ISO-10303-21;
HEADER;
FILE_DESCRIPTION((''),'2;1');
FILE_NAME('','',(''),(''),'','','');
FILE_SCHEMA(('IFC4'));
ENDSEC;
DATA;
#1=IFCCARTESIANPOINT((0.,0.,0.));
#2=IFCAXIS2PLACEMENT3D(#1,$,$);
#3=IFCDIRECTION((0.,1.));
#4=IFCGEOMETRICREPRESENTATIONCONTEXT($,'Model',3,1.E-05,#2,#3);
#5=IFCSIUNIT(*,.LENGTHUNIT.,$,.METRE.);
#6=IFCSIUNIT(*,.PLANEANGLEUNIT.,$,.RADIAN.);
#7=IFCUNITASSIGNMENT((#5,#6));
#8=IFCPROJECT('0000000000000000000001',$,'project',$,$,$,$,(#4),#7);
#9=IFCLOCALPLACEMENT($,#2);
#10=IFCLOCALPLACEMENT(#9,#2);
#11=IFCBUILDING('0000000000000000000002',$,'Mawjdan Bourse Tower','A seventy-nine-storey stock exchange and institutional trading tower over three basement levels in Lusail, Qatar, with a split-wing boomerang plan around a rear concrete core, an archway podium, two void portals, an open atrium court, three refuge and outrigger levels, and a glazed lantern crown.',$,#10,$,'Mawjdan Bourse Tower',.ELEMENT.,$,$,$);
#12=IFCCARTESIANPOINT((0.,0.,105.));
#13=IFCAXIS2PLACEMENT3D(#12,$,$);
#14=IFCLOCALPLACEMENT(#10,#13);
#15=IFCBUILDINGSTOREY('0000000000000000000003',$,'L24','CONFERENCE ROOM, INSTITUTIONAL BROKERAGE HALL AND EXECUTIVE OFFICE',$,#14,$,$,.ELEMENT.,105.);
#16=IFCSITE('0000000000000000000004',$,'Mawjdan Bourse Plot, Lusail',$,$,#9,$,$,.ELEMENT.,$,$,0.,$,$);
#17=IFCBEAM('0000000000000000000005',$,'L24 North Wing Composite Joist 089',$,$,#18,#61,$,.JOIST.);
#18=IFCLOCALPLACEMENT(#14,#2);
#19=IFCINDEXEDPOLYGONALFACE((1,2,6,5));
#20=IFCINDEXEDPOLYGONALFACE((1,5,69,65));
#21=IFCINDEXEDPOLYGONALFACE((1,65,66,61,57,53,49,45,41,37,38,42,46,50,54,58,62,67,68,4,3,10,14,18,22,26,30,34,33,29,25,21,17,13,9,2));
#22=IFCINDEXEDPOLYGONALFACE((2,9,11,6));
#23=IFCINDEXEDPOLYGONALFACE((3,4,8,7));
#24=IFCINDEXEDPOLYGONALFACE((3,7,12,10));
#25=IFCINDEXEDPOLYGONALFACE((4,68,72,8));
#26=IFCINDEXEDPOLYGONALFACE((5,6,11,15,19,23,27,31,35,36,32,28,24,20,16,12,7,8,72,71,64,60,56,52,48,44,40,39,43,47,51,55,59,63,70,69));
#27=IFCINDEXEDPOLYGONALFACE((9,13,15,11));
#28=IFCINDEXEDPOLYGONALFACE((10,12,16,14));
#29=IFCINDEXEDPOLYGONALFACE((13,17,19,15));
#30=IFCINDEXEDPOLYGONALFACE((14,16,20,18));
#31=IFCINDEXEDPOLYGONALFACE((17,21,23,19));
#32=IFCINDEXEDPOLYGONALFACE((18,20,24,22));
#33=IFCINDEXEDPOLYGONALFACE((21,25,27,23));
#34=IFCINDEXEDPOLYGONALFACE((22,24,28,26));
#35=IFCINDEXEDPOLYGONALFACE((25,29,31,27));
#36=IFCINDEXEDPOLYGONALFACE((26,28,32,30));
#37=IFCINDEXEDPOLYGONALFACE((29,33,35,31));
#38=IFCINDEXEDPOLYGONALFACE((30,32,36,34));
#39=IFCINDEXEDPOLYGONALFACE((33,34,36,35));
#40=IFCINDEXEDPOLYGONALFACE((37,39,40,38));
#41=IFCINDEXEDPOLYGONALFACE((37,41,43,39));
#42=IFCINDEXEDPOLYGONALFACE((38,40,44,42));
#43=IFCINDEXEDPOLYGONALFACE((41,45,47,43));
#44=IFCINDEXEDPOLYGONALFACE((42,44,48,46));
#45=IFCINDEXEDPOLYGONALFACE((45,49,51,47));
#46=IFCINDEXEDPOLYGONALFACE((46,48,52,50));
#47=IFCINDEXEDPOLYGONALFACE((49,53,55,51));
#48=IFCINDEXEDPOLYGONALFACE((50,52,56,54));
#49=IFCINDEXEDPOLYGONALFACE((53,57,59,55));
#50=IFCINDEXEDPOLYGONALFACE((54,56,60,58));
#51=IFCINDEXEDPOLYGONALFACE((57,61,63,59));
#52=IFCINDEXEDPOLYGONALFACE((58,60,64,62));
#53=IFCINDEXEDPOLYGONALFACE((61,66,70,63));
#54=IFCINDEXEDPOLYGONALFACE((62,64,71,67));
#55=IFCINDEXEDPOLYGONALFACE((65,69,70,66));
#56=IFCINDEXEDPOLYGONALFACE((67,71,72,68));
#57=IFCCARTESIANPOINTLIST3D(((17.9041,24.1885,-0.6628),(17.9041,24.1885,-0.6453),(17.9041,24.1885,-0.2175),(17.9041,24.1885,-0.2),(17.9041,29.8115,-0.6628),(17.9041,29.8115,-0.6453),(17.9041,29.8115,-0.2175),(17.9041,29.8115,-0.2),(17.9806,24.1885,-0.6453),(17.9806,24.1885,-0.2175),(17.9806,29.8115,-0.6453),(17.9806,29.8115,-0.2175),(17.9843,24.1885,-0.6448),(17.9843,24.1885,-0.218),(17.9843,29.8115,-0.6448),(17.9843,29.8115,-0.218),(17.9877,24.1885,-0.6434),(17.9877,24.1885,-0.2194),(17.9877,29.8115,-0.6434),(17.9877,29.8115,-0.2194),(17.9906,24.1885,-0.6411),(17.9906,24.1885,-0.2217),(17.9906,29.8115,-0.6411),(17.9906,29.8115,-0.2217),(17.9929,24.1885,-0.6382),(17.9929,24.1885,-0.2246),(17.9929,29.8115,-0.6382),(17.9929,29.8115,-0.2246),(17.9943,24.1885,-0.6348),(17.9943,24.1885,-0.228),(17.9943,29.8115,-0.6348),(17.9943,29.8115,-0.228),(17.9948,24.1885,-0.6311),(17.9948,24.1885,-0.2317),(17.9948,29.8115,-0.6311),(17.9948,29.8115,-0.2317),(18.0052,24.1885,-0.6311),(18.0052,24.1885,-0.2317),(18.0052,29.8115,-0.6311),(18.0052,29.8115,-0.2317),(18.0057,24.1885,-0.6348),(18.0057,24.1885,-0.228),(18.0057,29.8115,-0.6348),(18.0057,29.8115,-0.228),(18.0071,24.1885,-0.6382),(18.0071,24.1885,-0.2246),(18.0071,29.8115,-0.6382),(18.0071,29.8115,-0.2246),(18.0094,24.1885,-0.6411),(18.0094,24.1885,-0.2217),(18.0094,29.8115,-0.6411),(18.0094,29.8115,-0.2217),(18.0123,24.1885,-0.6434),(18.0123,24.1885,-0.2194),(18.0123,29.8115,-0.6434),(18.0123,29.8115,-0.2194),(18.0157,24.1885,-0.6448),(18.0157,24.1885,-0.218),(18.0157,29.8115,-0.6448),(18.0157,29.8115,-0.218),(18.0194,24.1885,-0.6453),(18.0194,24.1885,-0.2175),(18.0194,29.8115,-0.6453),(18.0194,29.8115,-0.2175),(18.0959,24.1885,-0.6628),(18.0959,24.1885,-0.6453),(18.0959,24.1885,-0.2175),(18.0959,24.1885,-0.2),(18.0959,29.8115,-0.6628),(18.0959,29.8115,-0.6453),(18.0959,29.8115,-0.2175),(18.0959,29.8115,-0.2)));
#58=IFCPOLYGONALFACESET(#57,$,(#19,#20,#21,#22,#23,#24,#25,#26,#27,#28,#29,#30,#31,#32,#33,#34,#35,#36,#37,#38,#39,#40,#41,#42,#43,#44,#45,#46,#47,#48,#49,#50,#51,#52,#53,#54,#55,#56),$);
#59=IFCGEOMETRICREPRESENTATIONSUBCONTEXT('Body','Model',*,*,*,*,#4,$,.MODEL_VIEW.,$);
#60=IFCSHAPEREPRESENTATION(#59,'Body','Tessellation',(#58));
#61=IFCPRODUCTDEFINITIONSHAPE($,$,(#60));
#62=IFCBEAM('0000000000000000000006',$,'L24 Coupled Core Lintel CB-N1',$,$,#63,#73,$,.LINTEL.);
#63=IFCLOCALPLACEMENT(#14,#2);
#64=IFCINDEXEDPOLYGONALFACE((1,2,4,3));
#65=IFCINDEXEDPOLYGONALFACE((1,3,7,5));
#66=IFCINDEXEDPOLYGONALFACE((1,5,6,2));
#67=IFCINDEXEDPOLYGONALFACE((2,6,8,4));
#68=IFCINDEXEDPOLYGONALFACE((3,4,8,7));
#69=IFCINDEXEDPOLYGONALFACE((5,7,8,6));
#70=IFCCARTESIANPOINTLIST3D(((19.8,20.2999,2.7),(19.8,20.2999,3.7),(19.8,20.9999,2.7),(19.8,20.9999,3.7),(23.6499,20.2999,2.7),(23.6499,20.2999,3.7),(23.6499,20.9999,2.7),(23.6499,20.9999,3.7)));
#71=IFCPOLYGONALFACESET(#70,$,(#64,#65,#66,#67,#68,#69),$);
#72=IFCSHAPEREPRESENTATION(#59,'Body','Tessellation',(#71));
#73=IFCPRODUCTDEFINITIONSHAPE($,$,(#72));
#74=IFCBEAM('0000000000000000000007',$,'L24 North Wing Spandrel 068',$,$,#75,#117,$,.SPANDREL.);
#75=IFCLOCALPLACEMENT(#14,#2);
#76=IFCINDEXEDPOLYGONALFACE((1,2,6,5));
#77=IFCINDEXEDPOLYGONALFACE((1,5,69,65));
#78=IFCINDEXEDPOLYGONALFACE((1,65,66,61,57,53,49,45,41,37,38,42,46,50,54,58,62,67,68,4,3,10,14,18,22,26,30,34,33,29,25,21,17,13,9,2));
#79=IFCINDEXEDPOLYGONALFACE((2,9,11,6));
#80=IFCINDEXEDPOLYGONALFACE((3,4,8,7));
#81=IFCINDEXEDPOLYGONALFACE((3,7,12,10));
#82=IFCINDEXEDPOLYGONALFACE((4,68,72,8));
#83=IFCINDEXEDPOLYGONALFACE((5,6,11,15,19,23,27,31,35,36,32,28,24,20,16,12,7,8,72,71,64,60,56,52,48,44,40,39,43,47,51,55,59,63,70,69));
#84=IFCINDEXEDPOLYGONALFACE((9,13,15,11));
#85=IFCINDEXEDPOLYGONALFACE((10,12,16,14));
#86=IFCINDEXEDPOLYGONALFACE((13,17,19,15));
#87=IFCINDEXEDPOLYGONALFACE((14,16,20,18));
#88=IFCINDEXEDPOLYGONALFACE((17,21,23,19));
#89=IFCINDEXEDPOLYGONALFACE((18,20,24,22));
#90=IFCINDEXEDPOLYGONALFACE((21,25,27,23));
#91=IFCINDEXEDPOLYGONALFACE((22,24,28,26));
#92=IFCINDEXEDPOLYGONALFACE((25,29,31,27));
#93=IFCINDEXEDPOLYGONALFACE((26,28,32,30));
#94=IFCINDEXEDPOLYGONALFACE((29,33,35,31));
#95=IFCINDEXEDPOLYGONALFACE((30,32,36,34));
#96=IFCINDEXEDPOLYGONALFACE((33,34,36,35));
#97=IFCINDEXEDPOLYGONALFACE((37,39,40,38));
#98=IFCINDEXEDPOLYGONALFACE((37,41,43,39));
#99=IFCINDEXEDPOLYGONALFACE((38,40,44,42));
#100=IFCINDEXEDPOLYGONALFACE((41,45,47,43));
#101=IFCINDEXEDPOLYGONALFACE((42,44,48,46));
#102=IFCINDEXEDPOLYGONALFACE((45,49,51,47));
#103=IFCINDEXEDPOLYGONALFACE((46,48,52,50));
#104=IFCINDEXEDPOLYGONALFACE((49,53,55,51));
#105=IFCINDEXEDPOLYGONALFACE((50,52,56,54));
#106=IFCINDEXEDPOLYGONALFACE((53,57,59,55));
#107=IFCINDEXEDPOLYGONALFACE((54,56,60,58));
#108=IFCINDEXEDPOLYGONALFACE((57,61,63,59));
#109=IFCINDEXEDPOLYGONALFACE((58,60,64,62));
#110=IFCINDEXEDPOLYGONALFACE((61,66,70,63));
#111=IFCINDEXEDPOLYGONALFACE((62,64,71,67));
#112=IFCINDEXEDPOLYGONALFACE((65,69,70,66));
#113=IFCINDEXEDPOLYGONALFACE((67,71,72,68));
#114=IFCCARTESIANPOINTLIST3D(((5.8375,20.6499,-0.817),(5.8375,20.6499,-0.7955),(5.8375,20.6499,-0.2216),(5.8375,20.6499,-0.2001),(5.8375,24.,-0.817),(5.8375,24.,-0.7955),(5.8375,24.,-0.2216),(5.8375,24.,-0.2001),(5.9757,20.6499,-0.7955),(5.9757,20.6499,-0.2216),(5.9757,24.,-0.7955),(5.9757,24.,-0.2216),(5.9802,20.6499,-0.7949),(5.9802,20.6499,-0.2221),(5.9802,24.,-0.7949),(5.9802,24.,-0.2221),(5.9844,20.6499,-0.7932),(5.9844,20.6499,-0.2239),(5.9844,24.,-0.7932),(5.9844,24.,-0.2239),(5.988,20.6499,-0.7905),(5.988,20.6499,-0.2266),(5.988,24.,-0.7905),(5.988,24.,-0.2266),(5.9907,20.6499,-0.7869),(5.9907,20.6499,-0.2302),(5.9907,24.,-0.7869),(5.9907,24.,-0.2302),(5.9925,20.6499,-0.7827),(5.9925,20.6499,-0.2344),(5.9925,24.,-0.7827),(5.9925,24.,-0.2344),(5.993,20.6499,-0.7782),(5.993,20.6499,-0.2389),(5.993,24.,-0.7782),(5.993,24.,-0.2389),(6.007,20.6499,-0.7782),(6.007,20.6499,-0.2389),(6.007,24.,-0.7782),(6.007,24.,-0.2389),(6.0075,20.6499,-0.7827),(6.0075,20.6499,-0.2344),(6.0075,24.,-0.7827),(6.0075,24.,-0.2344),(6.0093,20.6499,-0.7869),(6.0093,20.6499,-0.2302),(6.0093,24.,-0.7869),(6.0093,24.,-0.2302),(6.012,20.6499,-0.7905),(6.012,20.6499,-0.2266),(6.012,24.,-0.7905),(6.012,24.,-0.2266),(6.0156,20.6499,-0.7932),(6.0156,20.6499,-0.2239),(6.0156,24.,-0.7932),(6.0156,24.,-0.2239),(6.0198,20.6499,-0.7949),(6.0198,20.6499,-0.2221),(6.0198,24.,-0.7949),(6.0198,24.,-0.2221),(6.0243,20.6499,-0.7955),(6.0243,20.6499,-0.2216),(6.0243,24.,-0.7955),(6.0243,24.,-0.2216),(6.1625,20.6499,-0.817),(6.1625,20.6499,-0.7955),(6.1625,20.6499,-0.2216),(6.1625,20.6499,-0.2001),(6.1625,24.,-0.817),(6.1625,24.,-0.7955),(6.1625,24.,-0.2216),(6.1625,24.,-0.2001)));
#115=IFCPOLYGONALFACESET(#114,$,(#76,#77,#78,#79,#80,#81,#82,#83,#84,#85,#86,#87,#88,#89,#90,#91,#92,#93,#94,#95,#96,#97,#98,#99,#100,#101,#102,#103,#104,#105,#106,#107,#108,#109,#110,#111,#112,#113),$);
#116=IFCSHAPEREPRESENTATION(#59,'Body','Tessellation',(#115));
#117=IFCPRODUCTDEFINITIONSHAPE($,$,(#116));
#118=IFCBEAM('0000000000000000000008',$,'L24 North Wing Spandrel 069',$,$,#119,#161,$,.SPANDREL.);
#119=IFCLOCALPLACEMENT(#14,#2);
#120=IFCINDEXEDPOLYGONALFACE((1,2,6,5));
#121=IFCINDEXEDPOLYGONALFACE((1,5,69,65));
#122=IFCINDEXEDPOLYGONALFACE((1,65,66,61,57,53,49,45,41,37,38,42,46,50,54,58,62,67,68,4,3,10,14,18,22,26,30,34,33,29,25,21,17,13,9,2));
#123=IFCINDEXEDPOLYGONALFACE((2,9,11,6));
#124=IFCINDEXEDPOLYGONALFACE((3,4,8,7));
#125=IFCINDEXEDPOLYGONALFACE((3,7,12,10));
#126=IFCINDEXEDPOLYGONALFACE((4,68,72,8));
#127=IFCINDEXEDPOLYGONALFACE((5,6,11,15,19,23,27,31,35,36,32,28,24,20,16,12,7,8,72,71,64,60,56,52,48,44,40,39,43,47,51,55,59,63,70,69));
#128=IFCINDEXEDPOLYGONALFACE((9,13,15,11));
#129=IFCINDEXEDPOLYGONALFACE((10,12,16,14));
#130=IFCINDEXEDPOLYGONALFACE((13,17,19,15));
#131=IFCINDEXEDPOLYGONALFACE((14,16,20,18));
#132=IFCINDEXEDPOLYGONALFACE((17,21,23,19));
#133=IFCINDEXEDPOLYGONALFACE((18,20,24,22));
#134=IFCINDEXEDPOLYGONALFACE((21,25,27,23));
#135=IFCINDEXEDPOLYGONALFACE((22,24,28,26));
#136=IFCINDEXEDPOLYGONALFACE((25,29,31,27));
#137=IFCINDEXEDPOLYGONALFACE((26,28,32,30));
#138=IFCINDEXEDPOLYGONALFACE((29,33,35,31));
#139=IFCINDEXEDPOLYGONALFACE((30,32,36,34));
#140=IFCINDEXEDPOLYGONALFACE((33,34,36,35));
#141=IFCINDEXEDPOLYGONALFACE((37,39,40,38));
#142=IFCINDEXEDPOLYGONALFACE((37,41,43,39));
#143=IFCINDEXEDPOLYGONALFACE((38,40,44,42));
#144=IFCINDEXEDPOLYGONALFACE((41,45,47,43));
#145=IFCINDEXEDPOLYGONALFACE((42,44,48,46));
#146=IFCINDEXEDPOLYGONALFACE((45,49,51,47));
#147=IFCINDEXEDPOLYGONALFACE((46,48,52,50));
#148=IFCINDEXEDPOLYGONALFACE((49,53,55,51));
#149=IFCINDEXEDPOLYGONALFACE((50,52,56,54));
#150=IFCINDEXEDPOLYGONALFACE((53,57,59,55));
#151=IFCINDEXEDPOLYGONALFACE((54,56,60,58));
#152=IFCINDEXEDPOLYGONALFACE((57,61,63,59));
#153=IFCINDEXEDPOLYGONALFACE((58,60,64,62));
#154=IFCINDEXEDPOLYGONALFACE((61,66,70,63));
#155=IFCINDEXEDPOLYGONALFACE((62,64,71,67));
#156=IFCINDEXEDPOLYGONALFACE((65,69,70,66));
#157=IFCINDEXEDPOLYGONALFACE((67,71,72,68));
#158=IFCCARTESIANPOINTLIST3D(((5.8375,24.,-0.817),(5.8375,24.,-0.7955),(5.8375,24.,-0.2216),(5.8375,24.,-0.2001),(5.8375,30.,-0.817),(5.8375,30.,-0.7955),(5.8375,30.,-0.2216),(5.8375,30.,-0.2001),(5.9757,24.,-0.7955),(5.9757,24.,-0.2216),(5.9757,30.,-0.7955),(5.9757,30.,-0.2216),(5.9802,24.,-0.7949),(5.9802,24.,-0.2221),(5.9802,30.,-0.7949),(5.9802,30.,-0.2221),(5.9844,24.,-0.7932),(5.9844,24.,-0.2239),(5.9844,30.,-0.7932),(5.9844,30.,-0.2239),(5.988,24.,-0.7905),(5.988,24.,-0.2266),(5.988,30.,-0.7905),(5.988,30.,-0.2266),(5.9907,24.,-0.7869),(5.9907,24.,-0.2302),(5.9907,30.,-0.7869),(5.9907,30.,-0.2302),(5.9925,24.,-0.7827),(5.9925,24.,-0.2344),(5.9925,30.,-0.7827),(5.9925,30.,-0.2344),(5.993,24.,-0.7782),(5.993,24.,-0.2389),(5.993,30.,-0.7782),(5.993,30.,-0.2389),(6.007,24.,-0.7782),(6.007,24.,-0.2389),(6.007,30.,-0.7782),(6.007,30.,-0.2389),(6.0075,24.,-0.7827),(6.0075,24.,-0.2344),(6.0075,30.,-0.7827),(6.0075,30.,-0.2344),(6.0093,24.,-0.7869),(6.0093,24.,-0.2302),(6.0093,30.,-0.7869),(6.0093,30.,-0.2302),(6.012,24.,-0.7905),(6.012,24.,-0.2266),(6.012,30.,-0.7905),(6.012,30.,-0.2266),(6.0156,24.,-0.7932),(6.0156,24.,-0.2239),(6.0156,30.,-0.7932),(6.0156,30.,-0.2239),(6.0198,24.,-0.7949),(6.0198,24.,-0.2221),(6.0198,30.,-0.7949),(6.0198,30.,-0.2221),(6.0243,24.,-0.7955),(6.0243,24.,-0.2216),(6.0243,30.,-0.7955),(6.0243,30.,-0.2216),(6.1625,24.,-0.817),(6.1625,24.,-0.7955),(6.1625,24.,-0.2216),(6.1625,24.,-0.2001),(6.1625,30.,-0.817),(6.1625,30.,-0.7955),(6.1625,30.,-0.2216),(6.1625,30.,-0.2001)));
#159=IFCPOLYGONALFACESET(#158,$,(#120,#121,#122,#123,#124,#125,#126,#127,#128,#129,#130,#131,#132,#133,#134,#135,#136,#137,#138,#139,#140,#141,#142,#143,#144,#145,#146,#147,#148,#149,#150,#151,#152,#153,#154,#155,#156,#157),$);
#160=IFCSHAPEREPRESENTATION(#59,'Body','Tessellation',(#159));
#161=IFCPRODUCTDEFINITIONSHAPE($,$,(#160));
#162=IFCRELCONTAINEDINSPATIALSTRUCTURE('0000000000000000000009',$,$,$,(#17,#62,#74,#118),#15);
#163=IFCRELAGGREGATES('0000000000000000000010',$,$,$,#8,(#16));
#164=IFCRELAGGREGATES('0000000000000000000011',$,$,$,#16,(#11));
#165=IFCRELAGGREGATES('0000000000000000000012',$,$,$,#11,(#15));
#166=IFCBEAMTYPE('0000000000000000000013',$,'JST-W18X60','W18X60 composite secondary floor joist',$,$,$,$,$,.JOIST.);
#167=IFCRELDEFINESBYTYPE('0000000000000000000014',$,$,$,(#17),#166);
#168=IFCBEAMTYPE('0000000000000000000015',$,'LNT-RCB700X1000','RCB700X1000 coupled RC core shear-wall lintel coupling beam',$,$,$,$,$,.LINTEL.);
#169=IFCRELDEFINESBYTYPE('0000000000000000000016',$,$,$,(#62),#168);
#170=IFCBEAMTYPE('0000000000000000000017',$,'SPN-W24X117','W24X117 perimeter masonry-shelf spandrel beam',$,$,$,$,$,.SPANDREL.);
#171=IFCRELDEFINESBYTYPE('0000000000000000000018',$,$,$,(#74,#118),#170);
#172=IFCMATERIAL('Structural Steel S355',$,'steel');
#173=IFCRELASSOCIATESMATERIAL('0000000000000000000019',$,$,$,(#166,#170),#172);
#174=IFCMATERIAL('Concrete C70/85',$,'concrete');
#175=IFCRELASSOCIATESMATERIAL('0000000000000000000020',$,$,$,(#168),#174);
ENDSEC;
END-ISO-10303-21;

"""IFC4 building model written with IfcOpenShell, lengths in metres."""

from ifc_helpers import new_model, si_unit, direction, frame, origin, origin_2d, place, context, subcontext, project, spatial, rectangle, i_section, extrude, material, material_profile, profile_set, type_object, element, save


model = new_model("IFC4")

# Units and contexts
model_context = context("Model", 3, precision=1e-05, world=origin(), true_north=direction((0.0, 1.0)))
body_context = subcontext(model_context, "Body", "Model", "MODEL_VIEW")
ifc_project = project(units=[si_unit("LENGTHUNIT", "METRE"), si_unit("PLANEANGLEUNIT", "RADIAN")], contexts=[model_context])

# Site, building, storey
site_placement = place(None, origin())
site = spatial("IfcSite", under=ifc_project, at=site_placement, Name="Mawjdan Bourse Plot, Lusail", CompositionType="ELEMENT", RefElevation=0.0)
building_placement = place(site_placement, origin())
building = spatial("IfcBuilding", under=site, at=building_placement, Name="Mawjdan Bourse Tower", Description="A seventy-nine-storey stock exchange and institutional trading tower over three basement levels in Lusail, Qatar, with a split-wing boomerang plan around a rear concrete core, an archway podium, two void portals, an open atrium court, three refuge and outrigger levels, and a glazed lantern crown.", LongName="Mawjdan Bourse Tower", CompositionType="ELEMENT")
storey_placement = place(building_placement, frame((0.0, 0.0, 105.0)))
storey = spatial("IfcBuildingStorey", under=building, at=storey_placement, Name="L24", Description="CONFERENCE ROOM, INSTITUTIONAL BROKERAGE HALL AND EXECUTIVE OFFICE", CompositionType="ELEMENT", Elevation=105.0)

# Shared definitions
ifc_material_1 = material(Name="Concrete C70/85", Category="concrete")

# Beams
ifc_material_2 = material(Name="Structural Steel S355", Category="steel")
ifc_material_profile_1 = material_profile(ifc_material_2, i_section(OverallWidth=0.1919, OverallDepth=0.4629, WebThickness=0.0105, FlangeThickness=0.0176, FilletRadius=0.0142, at=origin_2d()), Name="W18X60")
ifc_profile_set_1 = profile_set([ifc_material_profile_1], Name="Structural Steel S355")
beam_type_1 = type_object("IfcBeamType", Name="JST-W18X60", Description="W18X60 composite secondary floor joist", PredefinedType="JOIST", material=ifc_profile_set_1)
beam_1_placement = place(storey_placement, frame((18.0, 24.1885, -0.4314), z_axis=(0.0, 1.0, 0.0), x_axis=(-1.0, 0.0, 0.0)))
element("IfcBeam", 1, at=beam_1_placement, inside=storey, type_object=beam_type_1, Name="L24 North Wing Composite Joist 089", PredefinedType="JOIST", context=body_context, shape_type="SweptSolid", body=[
    extrude(i_section(OverallWidth=0.1919, OverallDepth=0.4629, WebThickness=0.0105, FlangeThickness=0.0176, FilletRadius=0.0142, at=origin_2d()), origin(), (0.0, 0.0, 1.0), 5.623),
])
ifc_material_profile_2 = material_profile(ifc_material_1, rectangle(XDim=0.7, YDim=1.0, at=origin_2d()), Name="RCB700X1000")
ifc_profile_set_2 = profile_set([ifc_material_profile_2], Name="Concrete C70/85")
beam_type_2 = type_object("IfcBeamType", Name="LNT-RCB700X1000", Description="RCB700X1000 coupled RC core shear-wall lintel coupling beam", PredefinedType="LINTEL", material=ifc_profile_set_2)
beam_2_placement = place(storey_placement, frame((19.8, 20.6499, 3.2), z_axis=(1.0, 0.0, 0.0), x_axis=(0.0, 1.0, 0.0)))
element("IfcBeam", 2, at=beam_2_placement, inside=storey, type_object=beam_type_2, Name="L24 Coupled Core Lintel CB-N1", PredefinedType="LINTEL", context=body_context, shape_type="SweptSolid", body=[
    extrude(rectangle(XDim=0.7, YDim=1.0, at=origin_2d()), origin(), (0.0, 0.0, 1.0), 3.8499),
])
ifc_material_profile_3 = material_profile(ifc_material_2, i_section(OverallWidth=0.325, OverallDepth=0.6169, WebThickness=0.0139, FlangeThickness=0.0215, FilletRadius=0.0173, at=origin_2d()), Name="W24X117")
ifc_profile_set_3 = profile_set([ifc_material_profile_3], Name="Structural Steel S355")
beam_type_3 = type_object("IfcBeamType", Name="SPN-W24X117", Description="W24X117 perimeter masonry-shelf spandrel beam", PredefinedType="SPANDREL", material=ifc_profile_set_3)
beam_3_placement = place(storey_placement, frame((6.0, 20.6499, -0.5085), z_axis=(0.0, 1.0, 0.0), x_axis=(-1.0, 0.0, 0.0)))
element("IfcBeam", 3, at=beam_3_placement, inside=storey, type_object=beam_type_3, Name="L24 North Wing Spandrel 068", PredefinedType="SPANDREL", context=body_context, shape_type="SweptSolid", body=[
    extrude(i_section(OverallWidth=0.325, OverallDepth=0.6169, WebThickness=0.0139, FlangeThickness=0.0215, FilletRadius=0.0173, at=origin_2d()), origin(), (0.0, 0.0, 1.0), 3.3501),
])
beam_4_placement = place(storey_placement, frame((6.0, 24.0, -0.5085), z_axis=(0.0, 1.0, 0.0), x_axis=(-1.0, 0.0, 0.0)))
element("IfcBeam", 4, at=beam_4_placement, inside=storey, type_object=beam_type_3, Name="L24 North Wing Spandrel 069", PredefinedType="SPANDREL", context=body_context, shape_type="SweptSolid", body=[
    extrude(i_section(OverallWidth=0.325, OverallDepth=0.6169, WebThickness=0.0139, FlangeThickness=0.0215, FilletRadius=0.0173, at=origin_2d()), origin(), (0.0, 0.0, 1.0), 6.0),
])

save(model, "model.ifc")
